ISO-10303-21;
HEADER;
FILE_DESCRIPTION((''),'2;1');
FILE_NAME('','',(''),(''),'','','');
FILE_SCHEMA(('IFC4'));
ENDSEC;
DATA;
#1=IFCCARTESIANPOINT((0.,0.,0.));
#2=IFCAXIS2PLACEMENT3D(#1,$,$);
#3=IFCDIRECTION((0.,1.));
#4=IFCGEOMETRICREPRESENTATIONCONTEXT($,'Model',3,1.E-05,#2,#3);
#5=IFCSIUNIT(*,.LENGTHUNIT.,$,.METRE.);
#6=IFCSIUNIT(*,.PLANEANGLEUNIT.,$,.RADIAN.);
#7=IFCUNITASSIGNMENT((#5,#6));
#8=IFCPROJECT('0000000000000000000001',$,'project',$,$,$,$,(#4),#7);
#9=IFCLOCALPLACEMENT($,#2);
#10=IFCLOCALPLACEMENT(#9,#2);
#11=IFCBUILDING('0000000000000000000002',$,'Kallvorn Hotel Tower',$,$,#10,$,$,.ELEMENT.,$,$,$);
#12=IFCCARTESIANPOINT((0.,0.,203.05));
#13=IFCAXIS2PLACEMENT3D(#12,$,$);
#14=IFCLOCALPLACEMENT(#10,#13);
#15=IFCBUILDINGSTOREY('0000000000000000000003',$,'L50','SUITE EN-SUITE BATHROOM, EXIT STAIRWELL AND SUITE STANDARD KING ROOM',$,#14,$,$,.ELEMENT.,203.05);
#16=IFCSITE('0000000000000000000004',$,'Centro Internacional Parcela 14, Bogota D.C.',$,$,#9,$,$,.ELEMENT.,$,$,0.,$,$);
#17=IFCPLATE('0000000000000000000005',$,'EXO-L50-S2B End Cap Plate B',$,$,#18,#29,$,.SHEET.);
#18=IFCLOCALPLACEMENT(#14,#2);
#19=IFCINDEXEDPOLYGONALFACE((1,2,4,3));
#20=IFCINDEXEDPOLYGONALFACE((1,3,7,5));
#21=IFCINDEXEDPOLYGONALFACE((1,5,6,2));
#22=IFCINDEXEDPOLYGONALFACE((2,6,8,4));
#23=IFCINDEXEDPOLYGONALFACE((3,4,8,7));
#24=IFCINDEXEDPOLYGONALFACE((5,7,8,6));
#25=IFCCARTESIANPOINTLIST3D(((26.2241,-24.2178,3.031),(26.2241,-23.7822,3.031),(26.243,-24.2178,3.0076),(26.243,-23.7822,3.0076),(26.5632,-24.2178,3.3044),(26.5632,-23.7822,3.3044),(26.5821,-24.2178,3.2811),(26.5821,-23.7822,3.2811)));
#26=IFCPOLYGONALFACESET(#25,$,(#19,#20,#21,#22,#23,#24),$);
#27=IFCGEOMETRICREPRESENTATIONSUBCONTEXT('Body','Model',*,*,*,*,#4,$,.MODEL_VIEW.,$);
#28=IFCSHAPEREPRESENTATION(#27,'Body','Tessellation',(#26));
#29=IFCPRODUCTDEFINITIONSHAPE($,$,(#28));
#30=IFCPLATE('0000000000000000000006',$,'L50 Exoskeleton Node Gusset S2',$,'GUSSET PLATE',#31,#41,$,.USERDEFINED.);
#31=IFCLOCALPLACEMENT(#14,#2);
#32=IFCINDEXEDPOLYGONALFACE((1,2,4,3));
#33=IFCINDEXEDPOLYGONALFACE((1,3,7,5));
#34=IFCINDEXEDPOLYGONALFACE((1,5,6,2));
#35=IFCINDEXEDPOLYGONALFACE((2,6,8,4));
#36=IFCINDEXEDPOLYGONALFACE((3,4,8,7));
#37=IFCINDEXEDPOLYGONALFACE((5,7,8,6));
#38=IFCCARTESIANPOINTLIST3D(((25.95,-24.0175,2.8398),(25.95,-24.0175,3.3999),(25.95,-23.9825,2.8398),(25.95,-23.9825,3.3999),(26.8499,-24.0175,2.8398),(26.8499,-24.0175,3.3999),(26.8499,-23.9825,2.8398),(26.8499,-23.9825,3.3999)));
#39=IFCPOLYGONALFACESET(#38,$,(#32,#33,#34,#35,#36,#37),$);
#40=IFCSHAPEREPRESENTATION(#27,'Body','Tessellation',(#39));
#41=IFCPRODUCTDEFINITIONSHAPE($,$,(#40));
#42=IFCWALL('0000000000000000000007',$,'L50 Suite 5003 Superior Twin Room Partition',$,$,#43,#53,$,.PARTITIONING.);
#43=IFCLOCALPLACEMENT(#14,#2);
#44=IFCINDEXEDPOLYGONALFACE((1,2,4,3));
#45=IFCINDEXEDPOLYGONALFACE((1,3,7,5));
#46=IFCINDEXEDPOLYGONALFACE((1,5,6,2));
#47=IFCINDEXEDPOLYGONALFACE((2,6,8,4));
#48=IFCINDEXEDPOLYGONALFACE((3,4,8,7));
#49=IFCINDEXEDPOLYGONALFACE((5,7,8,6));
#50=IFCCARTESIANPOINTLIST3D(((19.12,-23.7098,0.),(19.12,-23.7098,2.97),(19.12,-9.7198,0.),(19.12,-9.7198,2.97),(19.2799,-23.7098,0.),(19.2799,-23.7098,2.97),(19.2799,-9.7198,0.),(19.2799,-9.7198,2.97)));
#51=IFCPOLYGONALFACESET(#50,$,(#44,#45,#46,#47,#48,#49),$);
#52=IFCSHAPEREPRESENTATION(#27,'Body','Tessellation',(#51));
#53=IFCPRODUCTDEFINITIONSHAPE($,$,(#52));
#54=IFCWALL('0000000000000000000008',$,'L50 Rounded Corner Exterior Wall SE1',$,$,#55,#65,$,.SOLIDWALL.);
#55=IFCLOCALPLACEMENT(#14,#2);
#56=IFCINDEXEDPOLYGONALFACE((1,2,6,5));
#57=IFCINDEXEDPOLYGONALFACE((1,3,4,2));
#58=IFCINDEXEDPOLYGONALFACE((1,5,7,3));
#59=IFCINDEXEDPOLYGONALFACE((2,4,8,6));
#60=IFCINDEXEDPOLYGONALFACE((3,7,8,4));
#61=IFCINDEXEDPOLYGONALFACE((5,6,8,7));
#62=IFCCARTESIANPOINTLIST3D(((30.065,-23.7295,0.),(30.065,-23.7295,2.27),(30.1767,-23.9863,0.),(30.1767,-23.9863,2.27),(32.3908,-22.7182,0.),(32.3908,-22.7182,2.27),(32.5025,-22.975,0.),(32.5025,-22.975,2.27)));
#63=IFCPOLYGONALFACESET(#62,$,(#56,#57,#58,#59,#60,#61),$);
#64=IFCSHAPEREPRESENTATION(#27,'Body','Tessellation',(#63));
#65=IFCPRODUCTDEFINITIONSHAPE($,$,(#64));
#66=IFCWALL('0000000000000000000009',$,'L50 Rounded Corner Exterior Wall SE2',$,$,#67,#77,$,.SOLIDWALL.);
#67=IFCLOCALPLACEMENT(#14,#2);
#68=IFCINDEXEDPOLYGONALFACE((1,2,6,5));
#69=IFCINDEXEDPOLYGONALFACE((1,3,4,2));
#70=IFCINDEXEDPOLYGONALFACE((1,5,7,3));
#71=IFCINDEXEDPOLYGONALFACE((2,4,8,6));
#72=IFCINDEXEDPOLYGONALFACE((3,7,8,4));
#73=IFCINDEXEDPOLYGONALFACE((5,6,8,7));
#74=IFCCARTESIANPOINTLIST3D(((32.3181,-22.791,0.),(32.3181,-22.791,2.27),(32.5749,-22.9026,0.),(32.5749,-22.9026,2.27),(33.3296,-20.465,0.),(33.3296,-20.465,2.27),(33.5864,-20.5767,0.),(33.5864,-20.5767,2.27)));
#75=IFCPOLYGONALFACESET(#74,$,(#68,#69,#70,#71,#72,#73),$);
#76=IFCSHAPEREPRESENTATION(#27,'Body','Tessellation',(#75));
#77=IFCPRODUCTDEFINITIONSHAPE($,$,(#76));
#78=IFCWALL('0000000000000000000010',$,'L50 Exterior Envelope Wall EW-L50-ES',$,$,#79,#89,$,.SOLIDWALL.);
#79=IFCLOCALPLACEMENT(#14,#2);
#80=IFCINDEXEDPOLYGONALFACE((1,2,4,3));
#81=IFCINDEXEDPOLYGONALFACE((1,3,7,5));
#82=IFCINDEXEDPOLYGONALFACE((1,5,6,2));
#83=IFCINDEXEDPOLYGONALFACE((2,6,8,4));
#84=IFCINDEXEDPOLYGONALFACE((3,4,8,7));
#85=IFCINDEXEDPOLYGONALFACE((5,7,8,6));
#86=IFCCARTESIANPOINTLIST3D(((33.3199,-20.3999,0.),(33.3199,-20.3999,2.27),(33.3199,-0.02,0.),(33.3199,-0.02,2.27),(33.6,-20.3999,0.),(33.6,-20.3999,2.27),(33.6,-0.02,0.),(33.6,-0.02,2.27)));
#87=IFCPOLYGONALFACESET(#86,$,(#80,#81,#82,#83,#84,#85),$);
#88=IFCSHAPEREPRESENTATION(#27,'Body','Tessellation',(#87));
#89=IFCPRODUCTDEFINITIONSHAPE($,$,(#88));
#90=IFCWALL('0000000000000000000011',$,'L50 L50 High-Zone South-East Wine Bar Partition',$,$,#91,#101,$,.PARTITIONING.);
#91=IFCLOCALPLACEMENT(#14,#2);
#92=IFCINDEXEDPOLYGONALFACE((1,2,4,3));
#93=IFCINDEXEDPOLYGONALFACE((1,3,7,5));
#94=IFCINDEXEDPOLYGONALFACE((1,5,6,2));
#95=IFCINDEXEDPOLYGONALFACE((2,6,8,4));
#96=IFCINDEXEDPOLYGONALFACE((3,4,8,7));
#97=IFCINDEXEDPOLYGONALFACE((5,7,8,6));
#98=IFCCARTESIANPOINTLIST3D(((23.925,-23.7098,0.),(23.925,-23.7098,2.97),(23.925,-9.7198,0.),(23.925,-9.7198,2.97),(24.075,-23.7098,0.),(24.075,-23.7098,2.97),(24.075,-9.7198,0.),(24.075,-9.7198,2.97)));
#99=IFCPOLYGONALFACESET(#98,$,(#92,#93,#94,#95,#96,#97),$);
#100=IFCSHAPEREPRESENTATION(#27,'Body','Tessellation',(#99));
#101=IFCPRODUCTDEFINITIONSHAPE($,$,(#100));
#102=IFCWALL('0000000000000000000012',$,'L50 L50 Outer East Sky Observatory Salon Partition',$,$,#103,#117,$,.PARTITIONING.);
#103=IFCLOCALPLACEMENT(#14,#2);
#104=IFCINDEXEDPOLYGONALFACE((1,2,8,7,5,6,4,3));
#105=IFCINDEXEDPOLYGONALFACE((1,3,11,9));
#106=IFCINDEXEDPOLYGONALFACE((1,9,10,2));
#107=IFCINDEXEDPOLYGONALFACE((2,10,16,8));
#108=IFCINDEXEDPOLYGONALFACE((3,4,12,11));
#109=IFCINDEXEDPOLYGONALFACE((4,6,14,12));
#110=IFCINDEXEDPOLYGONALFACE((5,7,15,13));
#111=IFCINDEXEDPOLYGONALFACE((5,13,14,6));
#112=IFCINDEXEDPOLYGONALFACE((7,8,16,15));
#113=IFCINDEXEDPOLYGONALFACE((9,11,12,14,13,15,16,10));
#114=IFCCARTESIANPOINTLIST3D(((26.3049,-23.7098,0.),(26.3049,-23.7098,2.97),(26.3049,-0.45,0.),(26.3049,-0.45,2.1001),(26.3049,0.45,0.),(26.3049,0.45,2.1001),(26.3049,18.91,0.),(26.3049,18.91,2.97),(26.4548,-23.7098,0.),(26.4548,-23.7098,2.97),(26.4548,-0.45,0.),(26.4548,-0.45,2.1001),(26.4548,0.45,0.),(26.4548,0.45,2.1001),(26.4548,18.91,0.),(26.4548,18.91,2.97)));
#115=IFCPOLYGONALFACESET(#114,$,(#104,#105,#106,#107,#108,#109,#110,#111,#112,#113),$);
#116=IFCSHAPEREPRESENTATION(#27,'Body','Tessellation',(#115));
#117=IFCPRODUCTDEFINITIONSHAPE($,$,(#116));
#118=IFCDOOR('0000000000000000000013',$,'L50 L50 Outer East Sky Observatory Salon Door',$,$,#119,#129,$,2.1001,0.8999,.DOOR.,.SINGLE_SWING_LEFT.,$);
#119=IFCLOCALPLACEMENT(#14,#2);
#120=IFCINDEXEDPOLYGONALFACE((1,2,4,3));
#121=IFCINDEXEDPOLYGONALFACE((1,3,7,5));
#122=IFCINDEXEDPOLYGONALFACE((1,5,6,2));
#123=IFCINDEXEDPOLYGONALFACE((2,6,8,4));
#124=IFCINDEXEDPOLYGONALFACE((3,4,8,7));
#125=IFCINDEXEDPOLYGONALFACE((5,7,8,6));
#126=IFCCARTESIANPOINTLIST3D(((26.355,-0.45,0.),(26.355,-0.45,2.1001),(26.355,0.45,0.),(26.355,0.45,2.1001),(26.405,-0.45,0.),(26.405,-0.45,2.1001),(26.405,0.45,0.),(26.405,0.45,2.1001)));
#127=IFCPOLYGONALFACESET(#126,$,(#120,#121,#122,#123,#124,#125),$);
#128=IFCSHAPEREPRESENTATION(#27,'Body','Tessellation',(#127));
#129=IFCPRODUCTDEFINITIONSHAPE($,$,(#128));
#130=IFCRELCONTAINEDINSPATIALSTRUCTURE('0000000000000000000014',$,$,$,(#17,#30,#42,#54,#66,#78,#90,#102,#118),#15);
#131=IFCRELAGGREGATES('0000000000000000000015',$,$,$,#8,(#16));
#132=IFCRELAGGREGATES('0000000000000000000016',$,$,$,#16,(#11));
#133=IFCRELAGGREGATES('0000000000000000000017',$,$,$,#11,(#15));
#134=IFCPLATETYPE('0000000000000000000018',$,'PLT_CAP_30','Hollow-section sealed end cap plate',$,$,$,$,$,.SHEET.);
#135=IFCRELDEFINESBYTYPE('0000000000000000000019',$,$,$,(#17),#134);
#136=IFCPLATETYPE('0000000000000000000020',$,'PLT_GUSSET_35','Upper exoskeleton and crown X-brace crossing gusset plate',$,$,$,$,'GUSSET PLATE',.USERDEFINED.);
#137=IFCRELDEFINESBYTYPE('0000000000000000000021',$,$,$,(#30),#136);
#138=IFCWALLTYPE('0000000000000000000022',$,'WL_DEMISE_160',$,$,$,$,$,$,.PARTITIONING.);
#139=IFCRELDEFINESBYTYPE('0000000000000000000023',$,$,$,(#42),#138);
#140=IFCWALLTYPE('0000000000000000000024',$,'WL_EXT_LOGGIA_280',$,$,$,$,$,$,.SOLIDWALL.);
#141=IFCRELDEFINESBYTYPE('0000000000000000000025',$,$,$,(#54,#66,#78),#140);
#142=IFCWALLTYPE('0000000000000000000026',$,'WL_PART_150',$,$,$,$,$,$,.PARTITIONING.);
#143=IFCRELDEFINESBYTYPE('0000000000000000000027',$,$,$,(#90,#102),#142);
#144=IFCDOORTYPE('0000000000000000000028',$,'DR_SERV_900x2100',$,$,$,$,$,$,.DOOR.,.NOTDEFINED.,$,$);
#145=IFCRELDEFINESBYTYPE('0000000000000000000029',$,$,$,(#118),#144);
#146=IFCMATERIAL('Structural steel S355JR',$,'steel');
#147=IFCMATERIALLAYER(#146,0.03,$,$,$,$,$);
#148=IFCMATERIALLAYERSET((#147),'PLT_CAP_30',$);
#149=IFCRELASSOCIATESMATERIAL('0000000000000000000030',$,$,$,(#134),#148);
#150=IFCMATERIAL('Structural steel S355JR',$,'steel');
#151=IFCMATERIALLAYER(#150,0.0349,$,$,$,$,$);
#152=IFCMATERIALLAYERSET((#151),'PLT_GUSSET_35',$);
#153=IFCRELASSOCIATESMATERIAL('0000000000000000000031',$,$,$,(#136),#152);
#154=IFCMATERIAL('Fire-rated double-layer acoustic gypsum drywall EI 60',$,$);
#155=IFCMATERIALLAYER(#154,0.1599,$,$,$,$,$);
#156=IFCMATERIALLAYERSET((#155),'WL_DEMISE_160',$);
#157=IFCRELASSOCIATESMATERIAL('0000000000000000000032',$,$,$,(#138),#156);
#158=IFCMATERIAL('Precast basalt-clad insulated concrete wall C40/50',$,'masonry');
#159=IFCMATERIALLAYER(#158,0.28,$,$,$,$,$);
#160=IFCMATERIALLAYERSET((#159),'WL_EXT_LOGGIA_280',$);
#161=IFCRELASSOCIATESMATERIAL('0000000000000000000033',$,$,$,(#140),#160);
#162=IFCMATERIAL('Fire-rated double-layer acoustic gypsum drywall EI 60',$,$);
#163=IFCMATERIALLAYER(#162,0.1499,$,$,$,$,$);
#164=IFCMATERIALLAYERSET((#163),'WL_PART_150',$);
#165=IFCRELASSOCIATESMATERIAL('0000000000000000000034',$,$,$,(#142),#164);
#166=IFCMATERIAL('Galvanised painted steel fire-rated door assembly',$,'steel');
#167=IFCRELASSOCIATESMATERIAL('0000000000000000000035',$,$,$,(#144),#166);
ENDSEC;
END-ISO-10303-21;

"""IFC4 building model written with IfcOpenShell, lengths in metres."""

from ifc_helpers import new_model, si_unit, direction, frame, frame_2d, origin, origin_2d, place, context, subcontext, project, spatial, polyline, rectangle, outline, extrude, material, layer, layer_set, type_object, element, fill, save


model = new_model("IFC4")

# Units and contexts
model_context = context("Model", 3, precision=1e-05, world=origin(), true_north=direction((0.0, 1.0)))
body_context = subcontext(model_context, "Body", "Model", "MODEL_VIEW")
ifc_project = project(units=[si_unit("LENGTHUNIT", "METRE"), si_unit("PLANEANGLEUNIT", "RADIAN")], contexts=[model_context])

# Site, building, storey
site_placement = place(None, origin())
site = spatial("IfcSite", under=ifc_project, at=site_placement, Name="Centro Internacional Parcela 14, Bogota D.C.", CompositionType="ELEMENT", RefElevation=0.0)
building_placement = place(site_placement, origin())
building = spatial("IfcBuilding", under=site, at=building_placement, Name="Kallvorn Hotel Tower", CompositionType="ELEMENT")
storey_placement = place(building_placement, frame((0.0, 0.0, 203.05)))
storey = spatial("IfcBuildingStorey", under=building, at=storey_placement, Name="L50", Description="SUITE EN-SUITE BATHROOM, EXIT STAIRWELL AND SUITE STANDARD KING ROOM", CompositionType="ELEMENT", Elevation=203.05)

# Plates
ifc_material_1 = material(Name="Structural steel S355JR", Category="steel")
ifc_layer_1 = layer(ifc_material_1, 0.03)
ifc_layer_set_1 = layer_set([ifc_layer_1], Name="PLT_CAP_30")
plate_type_1 = type_object("IfcPlateType", Name="PLT_CAP_30", Description="Hollow-section sealed end cap plate", PredefinedType="SHEET", material=ifc_layer_set_1)
for number, where, z_axis, x_axis, name in (
    (1, (26.2241, -23.7822, 3.031), (-0.627698, 0.0, 0.778457), (0.0, -1.0, 0.0), "EXO-L50-S2B End Cap Plate B"),
):
    element("IfcPlate", number, at=place(storey_placement, frame(where, z_axis=z_axis, x_axis=x_axis)), inside=storey, type_object=plate_type_1, Name=name, PredefinedType="SHEET", context=body_context, shape_type="SweptSolid", body=[
        extrude(outline(polyline([(0.0, 0.0), (0.4355, 0.0), (0.4355, 0.4356), (0.0, 0.4356), (0.0, 0.0)])), origin(), (0.0, 0.0, -1.0), 0.03),
    ])
ifc_material_2 = material(Name="Structural steel S355JR", Category="steel")
ifc_layer_2 = layer(ifc_material_2, 0.0349)
ifc_layer_set_2 = layer_set([ifc_layer_2], Name="PLT_GUSSET_35")
plate_type_2 = type_object("IfcPlateType", Name="PLT_GUSSET_35", Description="Upper exoskeleton and crown X-brace crossing gusset plate", ElementType="GUSSET PLATE", PredefinedType="USERDEFINED", material=ifc_layer_set_2)
plate_placement = place(storey_placement, frame((26.3999, -24.0, 2.8398), z_axis=(0.0, 0.0, 1.0), x_axis=(1.0, 0.0, 0.0)))
element("IfcPlate", 2, at=plate_placement, inside=storey, type_object=plate_type_2, Name="L50 Exoskeleton Node Gusset S2", ObjectType="GUSSET PLATE", PredefinedType="USERDEFINED", context=body_context, shape_type="SweptSolid", body=[
    extrude(rectangle(XDim=0.8999, YDim=0.0349, at=origin_2d()), origin(), (0.0, 0.0, 1.0), 0.5601),
])

# Walls
ifc_material_3 = material(Name="Fire-rated double-layer acoustic gypsum drywall EI 60")
ifc_layer_3 = layer(ifc_material_3, 0.1599)
ifc_layer_set_3 = layer_set([ifc_layer_3], Name="WL_DEMISE_160")
wall_type_1 = type_object("IfcWallType", Name="WL_DEMISE_160", PredefinedType="PARTITIONING", material=ifc_layer_set_3)
wall_1_placement = place(storey_placement, frame((19.2, -23.71, 0.0), z_axis=(0.0, 0.0, 1.0), x_axis=(0.0, 1.0, 0.0)))
element("IfcWall", 3, at=wall_1_placement, inside=storey, type_object=wall_type_1, Name="L50 Suite 5003 Superior Twin Room Partition", PredefinedType="PARTITIONING", context=body_context, shape_type="SweptSolid", body=[
    extrude(rectangle(XDim=13.99, YDim=0.1599, at=frame_2d((6.9951, 0.0))), origin(), (0.0, 0.0, 1.0), 2.97),
])
ifc_material_4 = material(Name="Precast basalt-clad insulated concrete wall C40/50", Category="masonry")
ifc_layer_4 = layer(ifc_material_4, 0.28)
ifc_layer_set_4 = layer_set([ifc_layer_4], Name="WL_EXT_LOGGIA_280")
wall_type_2 = type_object("IfcWallType", Name="WL_EXT_LOGGIA_280", PredefinedType="SOLIDWALL", material=ifc_layer_set_4)
wall_2_placement = place(storey_placement, frame((30.1208, -23.8579, 0.0), z_axis=(0.0, 0.0, 1.0), x_axis=(0.917061, 0.398747, 0.0)))
element("IfcWall", 4, at=wall_2_placement, inside=storey, type_object=wall_type_2, Name="L50 Rounded Corner Exterior Wall SE1", PredefinedType="SOLIDWALL", context=body_context, shape_type="SweptSolid", body=[
    extrude(rectangle(XDim=2.5361, YDim=0.28, at=frame_2d((1.2681, 0.0))), origin(), (0.0, 0.0, 1.0), 2.27),
])
wall_3_placement = place(storey_placement, frame((32.4465, -22.8467, 0.0), z_axis=(0.0, 0.0, 1.0), x_axis=(0.398793, 0.917041, 0.0)))
element("IfcWall", 5, at=wall_3_placement, inside=storey, type_object=wall_type_2, Name="L50 Rounded Corner Exterior Wall SE2", PredefinedType="SOLIDWALL", context=body_context, shape_type="SweptSolid", body=[
    extrude(rectangle(XDim=2.5364, YDim=0.28, at=frame_2d((1.2681, 0.0))), origin(), (0.0, 0.0, 1.0), 2.27),
])
wall_4_placement = place(storey_placement, frame((33.46, -20.3999, 0.0), z_axis=(0.0, 0.0, 1.0), x_axis=(0.0, 1.0, 0.0)))
element("IfcWall", 6, at=wall_4_placement, inside=storey, type_object=wall_type_2, Name="L50 Exterior Envelope Wall EW-L50-ES", PredefinedType="SOLIDWALL", context=body_context, shape_type="SweptSolid", body=[
    extrude(rectangle(XDim=20.3799, YDim=0.28, at=frame_2d((10.1899, 0.0))), origin(), (0.0, 0.0, 1.0), 2.27),
])
ifc_material_5 = material(Name="Fire-rated double-layer acoustic gypsum drywall EI 60")
ifc_layer_5 = layer(ifc_material_5, 0.1499)
ifc_layer_set_5 = layer_set([ifc_layer_5], Name="WL_PART_150")
wall_type_3 = type_object("IfcWallType", Name="WL_PART_150", PredefinedType="PARTITIONING", material=ifc_layer_set_5)
wall_5_placement = place(storey_placement, frame((24.0, -23.71, 0.0), z_axis=(0.0, 0.0, 1.0), x_axis=(0.0, 1.0, 0.0)))
element("IfcWall", 7, at=wall_5_placement, inside=storey, type_object=wall_type_3, Name="L50 L50 High-Zone South-East Wine Bar Partition", PredefinedType="PARTITIONING", context=body_context, shape_type="SweptSolid", body=[
    extrude(rectangle(XDim=13.99, YDim=0.1499, at=frame_2d((6.9951, 0.0))), origin(), (0.0, 0.0, 1.0), 2.97),
])

# Wall, opening, door
wall_6_placement = place(storey_placement, frame((26.3799, -23.71, 0.0), z_axis=(0.0, 0.0, 1.0), x_axis=(0.0, 1.0, 0.0)))
wall_6 = element("IfcWall", 8, at=wall_6_placement, inside=storey, type_object=wall_type_3, Name="L50 L50 Outer East Sky Observatory Salon Partition", PredefinedType="PARTITIONING", context=body_context, shape_type="SweptSolid", body=[
    extrude(rectangle(XDim=42.6199, YDim=0.1499, at=frame_2d((21.3101, 0.0))), origin(), (0.0, 0.0, 1.0), 2.97),
])
opening_placement = place(wall_6_placement, frame((23.26, 0.0, 0.0)))
opening = element("IfcOpeningElement", 9, at=opening_placement, cuts=wall_6, PredefinedType="OPENING", context=body_context, shape_type="SweptSolid", body=[
    extrude(rectangle(XDim=0.8999, YDim=2.1001, at=frame_2d((0.45, 1.05))), frame((0.0, 0.0898, 0.0), z_axis=(0.0, -1.0, 0.0), x_axis=(1.0, 0.0, 0.0)), (0.0, 0.0, 1.0), 0.1799),
])
ifc_material_6 = material(Name="Galvanised painted steel fire-rated door assembly", Category="steel")
door_type = type_object("IfcDoorType", Name="DR_SERV_900x2100", OperationType="NOTDEFINED", PredefinedType="DOOR", material=ifc_material_6)
door_placement = place(opening_placement, origin())
door = element("IfcDoor", 10, at=door_placement, inside=storey, type_object=door_type, Name="L50 L50 Outer East Sky Observatory Salon Door", OperationType="SINGLE_SWING_LEFT", OverallHeight=2.1001, OverallWidth=0.8999, PredefinedType="DOOR", context=body_context, shape_type="SweptSolid", body=[
    extrude(rectangle(XDim=0.8999, YDim=2.1001, at=frame_2d((0.45, 1.05))), frame((0.0, 0.0249, 0.0), z_axis=(0.0, -1.0, 0.0), x_axis=(1.0, 0.0, 0.0)), (0.0, 0.0, 1.0), 0.05),
])
fill(opening, door)

save(model, "model.ifc")
